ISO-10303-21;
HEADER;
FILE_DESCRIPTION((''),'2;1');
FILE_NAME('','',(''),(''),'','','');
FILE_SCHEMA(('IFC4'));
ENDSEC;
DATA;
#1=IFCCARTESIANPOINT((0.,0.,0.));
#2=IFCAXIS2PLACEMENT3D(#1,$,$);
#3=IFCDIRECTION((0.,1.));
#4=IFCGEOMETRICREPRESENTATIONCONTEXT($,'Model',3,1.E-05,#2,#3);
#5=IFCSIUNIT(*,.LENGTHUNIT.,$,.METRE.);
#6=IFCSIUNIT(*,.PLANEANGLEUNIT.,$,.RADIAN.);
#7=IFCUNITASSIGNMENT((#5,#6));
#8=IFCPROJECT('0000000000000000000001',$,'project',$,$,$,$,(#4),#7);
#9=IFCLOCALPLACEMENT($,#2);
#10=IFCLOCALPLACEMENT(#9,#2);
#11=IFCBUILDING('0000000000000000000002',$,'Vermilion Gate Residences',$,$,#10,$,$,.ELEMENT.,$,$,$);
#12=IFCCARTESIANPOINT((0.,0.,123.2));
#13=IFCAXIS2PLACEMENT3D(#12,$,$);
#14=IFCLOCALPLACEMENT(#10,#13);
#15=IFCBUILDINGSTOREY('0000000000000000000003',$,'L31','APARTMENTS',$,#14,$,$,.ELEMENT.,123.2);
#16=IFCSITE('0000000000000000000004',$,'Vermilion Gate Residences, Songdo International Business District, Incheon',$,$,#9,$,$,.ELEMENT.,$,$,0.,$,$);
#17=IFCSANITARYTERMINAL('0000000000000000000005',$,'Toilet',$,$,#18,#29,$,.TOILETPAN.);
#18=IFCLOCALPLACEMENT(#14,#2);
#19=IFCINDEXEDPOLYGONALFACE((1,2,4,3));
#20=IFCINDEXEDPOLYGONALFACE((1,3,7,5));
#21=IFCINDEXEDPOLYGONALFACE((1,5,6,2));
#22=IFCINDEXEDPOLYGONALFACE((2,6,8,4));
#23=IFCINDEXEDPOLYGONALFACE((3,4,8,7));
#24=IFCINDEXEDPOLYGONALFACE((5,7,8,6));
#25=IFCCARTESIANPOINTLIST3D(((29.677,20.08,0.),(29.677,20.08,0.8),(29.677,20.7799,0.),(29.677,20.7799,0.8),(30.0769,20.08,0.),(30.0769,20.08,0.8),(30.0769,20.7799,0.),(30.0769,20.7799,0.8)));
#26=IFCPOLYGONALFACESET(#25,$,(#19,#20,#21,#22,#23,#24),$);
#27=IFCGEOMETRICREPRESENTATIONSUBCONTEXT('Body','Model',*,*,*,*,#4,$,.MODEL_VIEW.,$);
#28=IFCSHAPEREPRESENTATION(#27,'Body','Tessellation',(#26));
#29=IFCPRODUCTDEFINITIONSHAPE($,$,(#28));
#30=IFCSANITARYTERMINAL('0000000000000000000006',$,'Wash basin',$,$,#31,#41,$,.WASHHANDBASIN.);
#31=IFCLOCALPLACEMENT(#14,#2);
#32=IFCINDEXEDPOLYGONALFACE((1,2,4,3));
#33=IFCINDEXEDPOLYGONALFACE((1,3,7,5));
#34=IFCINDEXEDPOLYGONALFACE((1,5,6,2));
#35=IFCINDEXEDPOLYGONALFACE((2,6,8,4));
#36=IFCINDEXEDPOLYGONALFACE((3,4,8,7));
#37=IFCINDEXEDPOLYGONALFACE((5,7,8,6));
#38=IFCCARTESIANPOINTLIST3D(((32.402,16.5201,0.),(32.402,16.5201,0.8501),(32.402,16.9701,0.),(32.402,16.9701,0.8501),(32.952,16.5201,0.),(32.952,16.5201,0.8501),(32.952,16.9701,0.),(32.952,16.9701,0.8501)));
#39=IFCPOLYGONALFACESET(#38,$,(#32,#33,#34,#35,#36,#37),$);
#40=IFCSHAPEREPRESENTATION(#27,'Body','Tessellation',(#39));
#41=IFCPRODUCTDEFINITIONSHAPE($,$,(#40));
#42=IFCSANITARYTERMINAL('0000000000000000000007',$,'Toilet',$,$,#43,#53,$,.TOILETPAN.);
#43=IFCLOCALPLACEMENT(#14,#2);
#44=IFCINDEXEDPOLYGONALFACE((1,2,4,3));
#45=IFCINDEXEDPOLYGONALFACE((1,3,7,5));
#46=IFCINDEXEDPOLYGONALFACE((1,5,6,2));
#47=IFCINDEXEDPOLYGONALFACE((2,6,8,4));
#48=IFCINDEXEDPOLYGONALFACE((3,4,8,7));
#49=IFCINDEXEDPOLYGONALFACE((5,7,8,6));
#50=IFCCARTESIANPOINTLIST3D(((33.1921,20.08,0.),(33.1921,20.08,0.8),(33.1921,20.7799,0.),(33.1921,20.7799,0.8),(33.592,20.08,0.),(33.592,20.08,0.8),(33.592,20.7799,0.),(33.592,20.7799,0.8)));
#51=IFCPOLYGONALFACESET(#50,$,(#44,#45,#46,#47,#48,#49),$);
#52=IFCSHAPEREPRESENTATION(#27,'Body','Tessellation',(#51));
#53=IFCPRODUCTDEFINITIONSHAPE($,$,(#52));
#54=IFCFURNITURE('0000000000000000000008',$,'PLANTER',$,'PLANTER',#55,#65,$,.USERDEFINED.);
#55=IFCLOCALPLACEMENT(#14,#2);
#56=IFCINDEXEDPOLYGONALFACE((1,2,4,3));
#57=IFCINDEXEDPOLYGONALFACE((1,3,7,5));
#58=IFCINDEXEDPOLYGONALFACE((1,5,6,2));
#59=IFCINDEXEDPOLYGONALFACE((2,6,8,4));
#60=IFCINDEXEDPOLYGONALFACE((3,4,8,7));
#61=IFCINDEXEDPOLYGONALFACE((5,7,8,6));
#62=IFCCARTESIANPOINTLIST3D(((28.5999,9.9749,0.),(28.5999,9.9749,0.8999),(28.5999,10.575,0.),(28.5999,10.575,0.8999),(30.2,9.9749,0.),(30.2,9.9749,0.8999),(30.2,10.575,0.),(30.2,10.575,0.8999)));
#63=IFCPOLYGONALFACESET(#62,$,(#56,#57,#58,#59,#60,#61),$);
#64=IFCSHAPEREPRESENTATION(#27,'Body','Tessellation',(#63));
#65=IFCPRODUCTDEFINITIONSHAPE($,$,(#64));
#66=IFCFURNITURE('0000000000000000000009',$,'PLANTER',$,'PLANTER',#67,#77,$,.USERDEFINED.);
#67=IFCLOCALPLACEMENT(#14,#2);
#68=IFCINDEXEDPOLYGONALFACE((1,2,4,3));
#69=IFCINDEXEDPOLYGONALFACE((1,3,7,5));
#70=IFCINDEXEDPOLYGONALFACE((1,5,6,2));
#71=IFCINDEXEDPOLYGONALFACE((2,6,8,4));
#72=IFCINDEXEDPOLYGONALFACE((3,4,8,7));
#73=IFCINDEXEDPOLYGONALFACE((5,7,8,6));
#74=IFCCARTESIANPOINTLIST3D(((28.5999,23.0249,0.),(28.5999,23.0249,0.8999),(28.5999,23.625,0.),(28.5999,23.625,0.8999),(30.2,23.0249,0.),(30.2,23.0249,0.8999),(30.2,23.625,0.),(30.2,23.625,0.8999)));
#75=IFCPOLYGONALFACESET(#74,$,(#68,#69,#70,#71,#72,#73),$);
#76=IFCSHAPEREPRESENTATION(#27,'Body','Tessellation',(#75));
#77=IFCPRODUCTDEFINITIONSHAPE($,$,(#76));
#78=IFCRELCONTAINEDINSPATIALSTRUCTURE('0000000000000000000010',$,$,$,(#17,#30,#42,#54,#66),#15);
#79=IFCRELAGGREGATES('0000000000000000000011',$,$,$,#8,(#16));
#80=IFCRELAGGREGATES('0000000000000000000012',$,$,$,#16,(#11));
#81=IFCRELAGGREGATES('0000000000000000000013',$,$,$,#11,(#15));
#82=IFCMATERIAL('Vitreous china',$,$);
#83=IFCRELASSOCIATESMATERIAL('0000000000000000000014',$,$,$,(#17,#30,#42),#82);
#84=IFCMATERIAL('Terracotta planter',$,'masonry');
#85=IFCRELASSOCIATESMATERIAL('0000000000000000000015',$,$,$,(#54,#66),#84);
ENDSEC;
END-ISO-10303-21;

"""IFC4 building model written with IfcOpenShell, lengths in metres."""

from ifc_helpers import new_model, si_unit, direction, frame, origin, origin_2d, place, context, subcontext, project, spatial, rectangle, extrude, material, element, save


model = new_model("IFC4")

# Units and contexts
model_context = context("Model", 3, precision=1e-05, world=origin(), true_north=direction((0.0, 1.0)))
body_context = subcontext(model_context, "Body", "Model", "MODEL_VIEW")
ifc_project = project(units=[si_unit("LENGTHUNIT", "METRE"), si_unit("PLANEANGLEUNIT", "RADIAN")], contexts=[model_context])

# Site, building, storey
site_placement = place(None, origin())
site = spatial("IfcSite", under=ifc_project, at=site_placement, Name="Vermilion Gate Residences, Songdo International Business District, Incheon", CompositionType="ELEMENT", RefElevation=0.0)
building_placement = place(site_placement, origin())
building = spatial("IfcBuilding", under=site, at=building_placement, Name="Vermilion Gate Residences", CompositionType="ELEMENT")
storey_placement = place(building_placement, frame((0.0, 0.0, 123.2)))
storey = spatial("IfcBuildingStorey", under=building, at=storey_placement, Name="L31", Description="APARTMENTS", CompositionType="ELEMENT", Elevation=123.2)

# Sanitary terminals
ifc_material_1 = material(Name="Vitreous china")
sanitary_terminal_1_placement = place(storey_placement, frame((29.877, 20.4299, 0.0), z_axis=(0.0, 0.0, 1.0), x_axis=(1.0, 0.0, 0.0)))
element("IfcSanitaryTerminal", 1, at=sanitary_terminal_1_placement, inside=storey, material=ifc_material_1, Name="Toilet", PredefinedType="TOILETPAN", context=body_context, shape_type="SweptSolid", body=[
    extrude(rectangle(XDim=0.3999, YDim=0.7, at=origin_2d()), origin(), (0.0, 0.0, 1.0), 0.8),
])
sanitary_terminal_2_placement = place(storey_placement, frame((32.677, 16.7451, 0.0), z_axis=(0.0, 0.0, 1.0), x_axis=(1.0, 0.0, 0.0)))
element("IfcSanitaryTerminal", 2, at=sanitary_terminal_2_placement, inside=storey, material=ifc_material_1, Name="Wash basin", PredefinedType="WASHHANDBASIN", context=body_context, shape_type="SweptSolid", body=[
    extrude(rectangle(XDim=0.55, YDim=0.45, at=origin_2d()), origin(), (0.0, 0.0, 1.0), 0.8501),
])
sanitary_terminal_3_placement = place(storey_placement, frame((33.3921, 20.4299, 0.0), z_axis=(0.0, 0.0, 1.0), x_axis=(1.0, 0.0, 0.0)))
element("IfcSanitaryTerminal", 3, at=sanitary_terminal_3_placement, inside=storey, material=ifc_material_1, Name="Toilet", PredefinedType="TOILETPAN", context=body_context, shape_type="SweptSolid", body=[
    extrude(rectangle(XDim=0.3999, YDim=0.7, at=origin_2d()), origin(), (0.0, 0.0, 1.0), 0.8),
])

# Furniture
ifc_material_2 = material(Name="Terracotta planter", Category="masonry")
for number, where, z_axis, x_axis, name in (
    (4, (29.3999, 10.2749, 0.0), (0.0, 0.0, 1.0), (1.0, 0.0, 0.0), "PLANTER"),
    (5, (29.3999, 23.325, 0.0), (0.0, 0.0, 1.0), (-1.0, 0.0, 0.0), "PLANTER"),
):
    element("IfcFurniture", number, at=place(storey_placement, frame(where, z_axis=z_axis, x_axis=x_axis)), inside=storey, material=ifc_material_2, Name=name, ObjectType="PLANTER", PredefinedType="USERDEFINED", context=body_context, shape_type="SweptSolid", body=[
        extrude(rectangle(XDim=1.6001, YDim=0.6001, at=origin_2d()), origin(), (0.0, 0.0, 1.0), 0.8999),
    ])

save(model, "model.ifc")
